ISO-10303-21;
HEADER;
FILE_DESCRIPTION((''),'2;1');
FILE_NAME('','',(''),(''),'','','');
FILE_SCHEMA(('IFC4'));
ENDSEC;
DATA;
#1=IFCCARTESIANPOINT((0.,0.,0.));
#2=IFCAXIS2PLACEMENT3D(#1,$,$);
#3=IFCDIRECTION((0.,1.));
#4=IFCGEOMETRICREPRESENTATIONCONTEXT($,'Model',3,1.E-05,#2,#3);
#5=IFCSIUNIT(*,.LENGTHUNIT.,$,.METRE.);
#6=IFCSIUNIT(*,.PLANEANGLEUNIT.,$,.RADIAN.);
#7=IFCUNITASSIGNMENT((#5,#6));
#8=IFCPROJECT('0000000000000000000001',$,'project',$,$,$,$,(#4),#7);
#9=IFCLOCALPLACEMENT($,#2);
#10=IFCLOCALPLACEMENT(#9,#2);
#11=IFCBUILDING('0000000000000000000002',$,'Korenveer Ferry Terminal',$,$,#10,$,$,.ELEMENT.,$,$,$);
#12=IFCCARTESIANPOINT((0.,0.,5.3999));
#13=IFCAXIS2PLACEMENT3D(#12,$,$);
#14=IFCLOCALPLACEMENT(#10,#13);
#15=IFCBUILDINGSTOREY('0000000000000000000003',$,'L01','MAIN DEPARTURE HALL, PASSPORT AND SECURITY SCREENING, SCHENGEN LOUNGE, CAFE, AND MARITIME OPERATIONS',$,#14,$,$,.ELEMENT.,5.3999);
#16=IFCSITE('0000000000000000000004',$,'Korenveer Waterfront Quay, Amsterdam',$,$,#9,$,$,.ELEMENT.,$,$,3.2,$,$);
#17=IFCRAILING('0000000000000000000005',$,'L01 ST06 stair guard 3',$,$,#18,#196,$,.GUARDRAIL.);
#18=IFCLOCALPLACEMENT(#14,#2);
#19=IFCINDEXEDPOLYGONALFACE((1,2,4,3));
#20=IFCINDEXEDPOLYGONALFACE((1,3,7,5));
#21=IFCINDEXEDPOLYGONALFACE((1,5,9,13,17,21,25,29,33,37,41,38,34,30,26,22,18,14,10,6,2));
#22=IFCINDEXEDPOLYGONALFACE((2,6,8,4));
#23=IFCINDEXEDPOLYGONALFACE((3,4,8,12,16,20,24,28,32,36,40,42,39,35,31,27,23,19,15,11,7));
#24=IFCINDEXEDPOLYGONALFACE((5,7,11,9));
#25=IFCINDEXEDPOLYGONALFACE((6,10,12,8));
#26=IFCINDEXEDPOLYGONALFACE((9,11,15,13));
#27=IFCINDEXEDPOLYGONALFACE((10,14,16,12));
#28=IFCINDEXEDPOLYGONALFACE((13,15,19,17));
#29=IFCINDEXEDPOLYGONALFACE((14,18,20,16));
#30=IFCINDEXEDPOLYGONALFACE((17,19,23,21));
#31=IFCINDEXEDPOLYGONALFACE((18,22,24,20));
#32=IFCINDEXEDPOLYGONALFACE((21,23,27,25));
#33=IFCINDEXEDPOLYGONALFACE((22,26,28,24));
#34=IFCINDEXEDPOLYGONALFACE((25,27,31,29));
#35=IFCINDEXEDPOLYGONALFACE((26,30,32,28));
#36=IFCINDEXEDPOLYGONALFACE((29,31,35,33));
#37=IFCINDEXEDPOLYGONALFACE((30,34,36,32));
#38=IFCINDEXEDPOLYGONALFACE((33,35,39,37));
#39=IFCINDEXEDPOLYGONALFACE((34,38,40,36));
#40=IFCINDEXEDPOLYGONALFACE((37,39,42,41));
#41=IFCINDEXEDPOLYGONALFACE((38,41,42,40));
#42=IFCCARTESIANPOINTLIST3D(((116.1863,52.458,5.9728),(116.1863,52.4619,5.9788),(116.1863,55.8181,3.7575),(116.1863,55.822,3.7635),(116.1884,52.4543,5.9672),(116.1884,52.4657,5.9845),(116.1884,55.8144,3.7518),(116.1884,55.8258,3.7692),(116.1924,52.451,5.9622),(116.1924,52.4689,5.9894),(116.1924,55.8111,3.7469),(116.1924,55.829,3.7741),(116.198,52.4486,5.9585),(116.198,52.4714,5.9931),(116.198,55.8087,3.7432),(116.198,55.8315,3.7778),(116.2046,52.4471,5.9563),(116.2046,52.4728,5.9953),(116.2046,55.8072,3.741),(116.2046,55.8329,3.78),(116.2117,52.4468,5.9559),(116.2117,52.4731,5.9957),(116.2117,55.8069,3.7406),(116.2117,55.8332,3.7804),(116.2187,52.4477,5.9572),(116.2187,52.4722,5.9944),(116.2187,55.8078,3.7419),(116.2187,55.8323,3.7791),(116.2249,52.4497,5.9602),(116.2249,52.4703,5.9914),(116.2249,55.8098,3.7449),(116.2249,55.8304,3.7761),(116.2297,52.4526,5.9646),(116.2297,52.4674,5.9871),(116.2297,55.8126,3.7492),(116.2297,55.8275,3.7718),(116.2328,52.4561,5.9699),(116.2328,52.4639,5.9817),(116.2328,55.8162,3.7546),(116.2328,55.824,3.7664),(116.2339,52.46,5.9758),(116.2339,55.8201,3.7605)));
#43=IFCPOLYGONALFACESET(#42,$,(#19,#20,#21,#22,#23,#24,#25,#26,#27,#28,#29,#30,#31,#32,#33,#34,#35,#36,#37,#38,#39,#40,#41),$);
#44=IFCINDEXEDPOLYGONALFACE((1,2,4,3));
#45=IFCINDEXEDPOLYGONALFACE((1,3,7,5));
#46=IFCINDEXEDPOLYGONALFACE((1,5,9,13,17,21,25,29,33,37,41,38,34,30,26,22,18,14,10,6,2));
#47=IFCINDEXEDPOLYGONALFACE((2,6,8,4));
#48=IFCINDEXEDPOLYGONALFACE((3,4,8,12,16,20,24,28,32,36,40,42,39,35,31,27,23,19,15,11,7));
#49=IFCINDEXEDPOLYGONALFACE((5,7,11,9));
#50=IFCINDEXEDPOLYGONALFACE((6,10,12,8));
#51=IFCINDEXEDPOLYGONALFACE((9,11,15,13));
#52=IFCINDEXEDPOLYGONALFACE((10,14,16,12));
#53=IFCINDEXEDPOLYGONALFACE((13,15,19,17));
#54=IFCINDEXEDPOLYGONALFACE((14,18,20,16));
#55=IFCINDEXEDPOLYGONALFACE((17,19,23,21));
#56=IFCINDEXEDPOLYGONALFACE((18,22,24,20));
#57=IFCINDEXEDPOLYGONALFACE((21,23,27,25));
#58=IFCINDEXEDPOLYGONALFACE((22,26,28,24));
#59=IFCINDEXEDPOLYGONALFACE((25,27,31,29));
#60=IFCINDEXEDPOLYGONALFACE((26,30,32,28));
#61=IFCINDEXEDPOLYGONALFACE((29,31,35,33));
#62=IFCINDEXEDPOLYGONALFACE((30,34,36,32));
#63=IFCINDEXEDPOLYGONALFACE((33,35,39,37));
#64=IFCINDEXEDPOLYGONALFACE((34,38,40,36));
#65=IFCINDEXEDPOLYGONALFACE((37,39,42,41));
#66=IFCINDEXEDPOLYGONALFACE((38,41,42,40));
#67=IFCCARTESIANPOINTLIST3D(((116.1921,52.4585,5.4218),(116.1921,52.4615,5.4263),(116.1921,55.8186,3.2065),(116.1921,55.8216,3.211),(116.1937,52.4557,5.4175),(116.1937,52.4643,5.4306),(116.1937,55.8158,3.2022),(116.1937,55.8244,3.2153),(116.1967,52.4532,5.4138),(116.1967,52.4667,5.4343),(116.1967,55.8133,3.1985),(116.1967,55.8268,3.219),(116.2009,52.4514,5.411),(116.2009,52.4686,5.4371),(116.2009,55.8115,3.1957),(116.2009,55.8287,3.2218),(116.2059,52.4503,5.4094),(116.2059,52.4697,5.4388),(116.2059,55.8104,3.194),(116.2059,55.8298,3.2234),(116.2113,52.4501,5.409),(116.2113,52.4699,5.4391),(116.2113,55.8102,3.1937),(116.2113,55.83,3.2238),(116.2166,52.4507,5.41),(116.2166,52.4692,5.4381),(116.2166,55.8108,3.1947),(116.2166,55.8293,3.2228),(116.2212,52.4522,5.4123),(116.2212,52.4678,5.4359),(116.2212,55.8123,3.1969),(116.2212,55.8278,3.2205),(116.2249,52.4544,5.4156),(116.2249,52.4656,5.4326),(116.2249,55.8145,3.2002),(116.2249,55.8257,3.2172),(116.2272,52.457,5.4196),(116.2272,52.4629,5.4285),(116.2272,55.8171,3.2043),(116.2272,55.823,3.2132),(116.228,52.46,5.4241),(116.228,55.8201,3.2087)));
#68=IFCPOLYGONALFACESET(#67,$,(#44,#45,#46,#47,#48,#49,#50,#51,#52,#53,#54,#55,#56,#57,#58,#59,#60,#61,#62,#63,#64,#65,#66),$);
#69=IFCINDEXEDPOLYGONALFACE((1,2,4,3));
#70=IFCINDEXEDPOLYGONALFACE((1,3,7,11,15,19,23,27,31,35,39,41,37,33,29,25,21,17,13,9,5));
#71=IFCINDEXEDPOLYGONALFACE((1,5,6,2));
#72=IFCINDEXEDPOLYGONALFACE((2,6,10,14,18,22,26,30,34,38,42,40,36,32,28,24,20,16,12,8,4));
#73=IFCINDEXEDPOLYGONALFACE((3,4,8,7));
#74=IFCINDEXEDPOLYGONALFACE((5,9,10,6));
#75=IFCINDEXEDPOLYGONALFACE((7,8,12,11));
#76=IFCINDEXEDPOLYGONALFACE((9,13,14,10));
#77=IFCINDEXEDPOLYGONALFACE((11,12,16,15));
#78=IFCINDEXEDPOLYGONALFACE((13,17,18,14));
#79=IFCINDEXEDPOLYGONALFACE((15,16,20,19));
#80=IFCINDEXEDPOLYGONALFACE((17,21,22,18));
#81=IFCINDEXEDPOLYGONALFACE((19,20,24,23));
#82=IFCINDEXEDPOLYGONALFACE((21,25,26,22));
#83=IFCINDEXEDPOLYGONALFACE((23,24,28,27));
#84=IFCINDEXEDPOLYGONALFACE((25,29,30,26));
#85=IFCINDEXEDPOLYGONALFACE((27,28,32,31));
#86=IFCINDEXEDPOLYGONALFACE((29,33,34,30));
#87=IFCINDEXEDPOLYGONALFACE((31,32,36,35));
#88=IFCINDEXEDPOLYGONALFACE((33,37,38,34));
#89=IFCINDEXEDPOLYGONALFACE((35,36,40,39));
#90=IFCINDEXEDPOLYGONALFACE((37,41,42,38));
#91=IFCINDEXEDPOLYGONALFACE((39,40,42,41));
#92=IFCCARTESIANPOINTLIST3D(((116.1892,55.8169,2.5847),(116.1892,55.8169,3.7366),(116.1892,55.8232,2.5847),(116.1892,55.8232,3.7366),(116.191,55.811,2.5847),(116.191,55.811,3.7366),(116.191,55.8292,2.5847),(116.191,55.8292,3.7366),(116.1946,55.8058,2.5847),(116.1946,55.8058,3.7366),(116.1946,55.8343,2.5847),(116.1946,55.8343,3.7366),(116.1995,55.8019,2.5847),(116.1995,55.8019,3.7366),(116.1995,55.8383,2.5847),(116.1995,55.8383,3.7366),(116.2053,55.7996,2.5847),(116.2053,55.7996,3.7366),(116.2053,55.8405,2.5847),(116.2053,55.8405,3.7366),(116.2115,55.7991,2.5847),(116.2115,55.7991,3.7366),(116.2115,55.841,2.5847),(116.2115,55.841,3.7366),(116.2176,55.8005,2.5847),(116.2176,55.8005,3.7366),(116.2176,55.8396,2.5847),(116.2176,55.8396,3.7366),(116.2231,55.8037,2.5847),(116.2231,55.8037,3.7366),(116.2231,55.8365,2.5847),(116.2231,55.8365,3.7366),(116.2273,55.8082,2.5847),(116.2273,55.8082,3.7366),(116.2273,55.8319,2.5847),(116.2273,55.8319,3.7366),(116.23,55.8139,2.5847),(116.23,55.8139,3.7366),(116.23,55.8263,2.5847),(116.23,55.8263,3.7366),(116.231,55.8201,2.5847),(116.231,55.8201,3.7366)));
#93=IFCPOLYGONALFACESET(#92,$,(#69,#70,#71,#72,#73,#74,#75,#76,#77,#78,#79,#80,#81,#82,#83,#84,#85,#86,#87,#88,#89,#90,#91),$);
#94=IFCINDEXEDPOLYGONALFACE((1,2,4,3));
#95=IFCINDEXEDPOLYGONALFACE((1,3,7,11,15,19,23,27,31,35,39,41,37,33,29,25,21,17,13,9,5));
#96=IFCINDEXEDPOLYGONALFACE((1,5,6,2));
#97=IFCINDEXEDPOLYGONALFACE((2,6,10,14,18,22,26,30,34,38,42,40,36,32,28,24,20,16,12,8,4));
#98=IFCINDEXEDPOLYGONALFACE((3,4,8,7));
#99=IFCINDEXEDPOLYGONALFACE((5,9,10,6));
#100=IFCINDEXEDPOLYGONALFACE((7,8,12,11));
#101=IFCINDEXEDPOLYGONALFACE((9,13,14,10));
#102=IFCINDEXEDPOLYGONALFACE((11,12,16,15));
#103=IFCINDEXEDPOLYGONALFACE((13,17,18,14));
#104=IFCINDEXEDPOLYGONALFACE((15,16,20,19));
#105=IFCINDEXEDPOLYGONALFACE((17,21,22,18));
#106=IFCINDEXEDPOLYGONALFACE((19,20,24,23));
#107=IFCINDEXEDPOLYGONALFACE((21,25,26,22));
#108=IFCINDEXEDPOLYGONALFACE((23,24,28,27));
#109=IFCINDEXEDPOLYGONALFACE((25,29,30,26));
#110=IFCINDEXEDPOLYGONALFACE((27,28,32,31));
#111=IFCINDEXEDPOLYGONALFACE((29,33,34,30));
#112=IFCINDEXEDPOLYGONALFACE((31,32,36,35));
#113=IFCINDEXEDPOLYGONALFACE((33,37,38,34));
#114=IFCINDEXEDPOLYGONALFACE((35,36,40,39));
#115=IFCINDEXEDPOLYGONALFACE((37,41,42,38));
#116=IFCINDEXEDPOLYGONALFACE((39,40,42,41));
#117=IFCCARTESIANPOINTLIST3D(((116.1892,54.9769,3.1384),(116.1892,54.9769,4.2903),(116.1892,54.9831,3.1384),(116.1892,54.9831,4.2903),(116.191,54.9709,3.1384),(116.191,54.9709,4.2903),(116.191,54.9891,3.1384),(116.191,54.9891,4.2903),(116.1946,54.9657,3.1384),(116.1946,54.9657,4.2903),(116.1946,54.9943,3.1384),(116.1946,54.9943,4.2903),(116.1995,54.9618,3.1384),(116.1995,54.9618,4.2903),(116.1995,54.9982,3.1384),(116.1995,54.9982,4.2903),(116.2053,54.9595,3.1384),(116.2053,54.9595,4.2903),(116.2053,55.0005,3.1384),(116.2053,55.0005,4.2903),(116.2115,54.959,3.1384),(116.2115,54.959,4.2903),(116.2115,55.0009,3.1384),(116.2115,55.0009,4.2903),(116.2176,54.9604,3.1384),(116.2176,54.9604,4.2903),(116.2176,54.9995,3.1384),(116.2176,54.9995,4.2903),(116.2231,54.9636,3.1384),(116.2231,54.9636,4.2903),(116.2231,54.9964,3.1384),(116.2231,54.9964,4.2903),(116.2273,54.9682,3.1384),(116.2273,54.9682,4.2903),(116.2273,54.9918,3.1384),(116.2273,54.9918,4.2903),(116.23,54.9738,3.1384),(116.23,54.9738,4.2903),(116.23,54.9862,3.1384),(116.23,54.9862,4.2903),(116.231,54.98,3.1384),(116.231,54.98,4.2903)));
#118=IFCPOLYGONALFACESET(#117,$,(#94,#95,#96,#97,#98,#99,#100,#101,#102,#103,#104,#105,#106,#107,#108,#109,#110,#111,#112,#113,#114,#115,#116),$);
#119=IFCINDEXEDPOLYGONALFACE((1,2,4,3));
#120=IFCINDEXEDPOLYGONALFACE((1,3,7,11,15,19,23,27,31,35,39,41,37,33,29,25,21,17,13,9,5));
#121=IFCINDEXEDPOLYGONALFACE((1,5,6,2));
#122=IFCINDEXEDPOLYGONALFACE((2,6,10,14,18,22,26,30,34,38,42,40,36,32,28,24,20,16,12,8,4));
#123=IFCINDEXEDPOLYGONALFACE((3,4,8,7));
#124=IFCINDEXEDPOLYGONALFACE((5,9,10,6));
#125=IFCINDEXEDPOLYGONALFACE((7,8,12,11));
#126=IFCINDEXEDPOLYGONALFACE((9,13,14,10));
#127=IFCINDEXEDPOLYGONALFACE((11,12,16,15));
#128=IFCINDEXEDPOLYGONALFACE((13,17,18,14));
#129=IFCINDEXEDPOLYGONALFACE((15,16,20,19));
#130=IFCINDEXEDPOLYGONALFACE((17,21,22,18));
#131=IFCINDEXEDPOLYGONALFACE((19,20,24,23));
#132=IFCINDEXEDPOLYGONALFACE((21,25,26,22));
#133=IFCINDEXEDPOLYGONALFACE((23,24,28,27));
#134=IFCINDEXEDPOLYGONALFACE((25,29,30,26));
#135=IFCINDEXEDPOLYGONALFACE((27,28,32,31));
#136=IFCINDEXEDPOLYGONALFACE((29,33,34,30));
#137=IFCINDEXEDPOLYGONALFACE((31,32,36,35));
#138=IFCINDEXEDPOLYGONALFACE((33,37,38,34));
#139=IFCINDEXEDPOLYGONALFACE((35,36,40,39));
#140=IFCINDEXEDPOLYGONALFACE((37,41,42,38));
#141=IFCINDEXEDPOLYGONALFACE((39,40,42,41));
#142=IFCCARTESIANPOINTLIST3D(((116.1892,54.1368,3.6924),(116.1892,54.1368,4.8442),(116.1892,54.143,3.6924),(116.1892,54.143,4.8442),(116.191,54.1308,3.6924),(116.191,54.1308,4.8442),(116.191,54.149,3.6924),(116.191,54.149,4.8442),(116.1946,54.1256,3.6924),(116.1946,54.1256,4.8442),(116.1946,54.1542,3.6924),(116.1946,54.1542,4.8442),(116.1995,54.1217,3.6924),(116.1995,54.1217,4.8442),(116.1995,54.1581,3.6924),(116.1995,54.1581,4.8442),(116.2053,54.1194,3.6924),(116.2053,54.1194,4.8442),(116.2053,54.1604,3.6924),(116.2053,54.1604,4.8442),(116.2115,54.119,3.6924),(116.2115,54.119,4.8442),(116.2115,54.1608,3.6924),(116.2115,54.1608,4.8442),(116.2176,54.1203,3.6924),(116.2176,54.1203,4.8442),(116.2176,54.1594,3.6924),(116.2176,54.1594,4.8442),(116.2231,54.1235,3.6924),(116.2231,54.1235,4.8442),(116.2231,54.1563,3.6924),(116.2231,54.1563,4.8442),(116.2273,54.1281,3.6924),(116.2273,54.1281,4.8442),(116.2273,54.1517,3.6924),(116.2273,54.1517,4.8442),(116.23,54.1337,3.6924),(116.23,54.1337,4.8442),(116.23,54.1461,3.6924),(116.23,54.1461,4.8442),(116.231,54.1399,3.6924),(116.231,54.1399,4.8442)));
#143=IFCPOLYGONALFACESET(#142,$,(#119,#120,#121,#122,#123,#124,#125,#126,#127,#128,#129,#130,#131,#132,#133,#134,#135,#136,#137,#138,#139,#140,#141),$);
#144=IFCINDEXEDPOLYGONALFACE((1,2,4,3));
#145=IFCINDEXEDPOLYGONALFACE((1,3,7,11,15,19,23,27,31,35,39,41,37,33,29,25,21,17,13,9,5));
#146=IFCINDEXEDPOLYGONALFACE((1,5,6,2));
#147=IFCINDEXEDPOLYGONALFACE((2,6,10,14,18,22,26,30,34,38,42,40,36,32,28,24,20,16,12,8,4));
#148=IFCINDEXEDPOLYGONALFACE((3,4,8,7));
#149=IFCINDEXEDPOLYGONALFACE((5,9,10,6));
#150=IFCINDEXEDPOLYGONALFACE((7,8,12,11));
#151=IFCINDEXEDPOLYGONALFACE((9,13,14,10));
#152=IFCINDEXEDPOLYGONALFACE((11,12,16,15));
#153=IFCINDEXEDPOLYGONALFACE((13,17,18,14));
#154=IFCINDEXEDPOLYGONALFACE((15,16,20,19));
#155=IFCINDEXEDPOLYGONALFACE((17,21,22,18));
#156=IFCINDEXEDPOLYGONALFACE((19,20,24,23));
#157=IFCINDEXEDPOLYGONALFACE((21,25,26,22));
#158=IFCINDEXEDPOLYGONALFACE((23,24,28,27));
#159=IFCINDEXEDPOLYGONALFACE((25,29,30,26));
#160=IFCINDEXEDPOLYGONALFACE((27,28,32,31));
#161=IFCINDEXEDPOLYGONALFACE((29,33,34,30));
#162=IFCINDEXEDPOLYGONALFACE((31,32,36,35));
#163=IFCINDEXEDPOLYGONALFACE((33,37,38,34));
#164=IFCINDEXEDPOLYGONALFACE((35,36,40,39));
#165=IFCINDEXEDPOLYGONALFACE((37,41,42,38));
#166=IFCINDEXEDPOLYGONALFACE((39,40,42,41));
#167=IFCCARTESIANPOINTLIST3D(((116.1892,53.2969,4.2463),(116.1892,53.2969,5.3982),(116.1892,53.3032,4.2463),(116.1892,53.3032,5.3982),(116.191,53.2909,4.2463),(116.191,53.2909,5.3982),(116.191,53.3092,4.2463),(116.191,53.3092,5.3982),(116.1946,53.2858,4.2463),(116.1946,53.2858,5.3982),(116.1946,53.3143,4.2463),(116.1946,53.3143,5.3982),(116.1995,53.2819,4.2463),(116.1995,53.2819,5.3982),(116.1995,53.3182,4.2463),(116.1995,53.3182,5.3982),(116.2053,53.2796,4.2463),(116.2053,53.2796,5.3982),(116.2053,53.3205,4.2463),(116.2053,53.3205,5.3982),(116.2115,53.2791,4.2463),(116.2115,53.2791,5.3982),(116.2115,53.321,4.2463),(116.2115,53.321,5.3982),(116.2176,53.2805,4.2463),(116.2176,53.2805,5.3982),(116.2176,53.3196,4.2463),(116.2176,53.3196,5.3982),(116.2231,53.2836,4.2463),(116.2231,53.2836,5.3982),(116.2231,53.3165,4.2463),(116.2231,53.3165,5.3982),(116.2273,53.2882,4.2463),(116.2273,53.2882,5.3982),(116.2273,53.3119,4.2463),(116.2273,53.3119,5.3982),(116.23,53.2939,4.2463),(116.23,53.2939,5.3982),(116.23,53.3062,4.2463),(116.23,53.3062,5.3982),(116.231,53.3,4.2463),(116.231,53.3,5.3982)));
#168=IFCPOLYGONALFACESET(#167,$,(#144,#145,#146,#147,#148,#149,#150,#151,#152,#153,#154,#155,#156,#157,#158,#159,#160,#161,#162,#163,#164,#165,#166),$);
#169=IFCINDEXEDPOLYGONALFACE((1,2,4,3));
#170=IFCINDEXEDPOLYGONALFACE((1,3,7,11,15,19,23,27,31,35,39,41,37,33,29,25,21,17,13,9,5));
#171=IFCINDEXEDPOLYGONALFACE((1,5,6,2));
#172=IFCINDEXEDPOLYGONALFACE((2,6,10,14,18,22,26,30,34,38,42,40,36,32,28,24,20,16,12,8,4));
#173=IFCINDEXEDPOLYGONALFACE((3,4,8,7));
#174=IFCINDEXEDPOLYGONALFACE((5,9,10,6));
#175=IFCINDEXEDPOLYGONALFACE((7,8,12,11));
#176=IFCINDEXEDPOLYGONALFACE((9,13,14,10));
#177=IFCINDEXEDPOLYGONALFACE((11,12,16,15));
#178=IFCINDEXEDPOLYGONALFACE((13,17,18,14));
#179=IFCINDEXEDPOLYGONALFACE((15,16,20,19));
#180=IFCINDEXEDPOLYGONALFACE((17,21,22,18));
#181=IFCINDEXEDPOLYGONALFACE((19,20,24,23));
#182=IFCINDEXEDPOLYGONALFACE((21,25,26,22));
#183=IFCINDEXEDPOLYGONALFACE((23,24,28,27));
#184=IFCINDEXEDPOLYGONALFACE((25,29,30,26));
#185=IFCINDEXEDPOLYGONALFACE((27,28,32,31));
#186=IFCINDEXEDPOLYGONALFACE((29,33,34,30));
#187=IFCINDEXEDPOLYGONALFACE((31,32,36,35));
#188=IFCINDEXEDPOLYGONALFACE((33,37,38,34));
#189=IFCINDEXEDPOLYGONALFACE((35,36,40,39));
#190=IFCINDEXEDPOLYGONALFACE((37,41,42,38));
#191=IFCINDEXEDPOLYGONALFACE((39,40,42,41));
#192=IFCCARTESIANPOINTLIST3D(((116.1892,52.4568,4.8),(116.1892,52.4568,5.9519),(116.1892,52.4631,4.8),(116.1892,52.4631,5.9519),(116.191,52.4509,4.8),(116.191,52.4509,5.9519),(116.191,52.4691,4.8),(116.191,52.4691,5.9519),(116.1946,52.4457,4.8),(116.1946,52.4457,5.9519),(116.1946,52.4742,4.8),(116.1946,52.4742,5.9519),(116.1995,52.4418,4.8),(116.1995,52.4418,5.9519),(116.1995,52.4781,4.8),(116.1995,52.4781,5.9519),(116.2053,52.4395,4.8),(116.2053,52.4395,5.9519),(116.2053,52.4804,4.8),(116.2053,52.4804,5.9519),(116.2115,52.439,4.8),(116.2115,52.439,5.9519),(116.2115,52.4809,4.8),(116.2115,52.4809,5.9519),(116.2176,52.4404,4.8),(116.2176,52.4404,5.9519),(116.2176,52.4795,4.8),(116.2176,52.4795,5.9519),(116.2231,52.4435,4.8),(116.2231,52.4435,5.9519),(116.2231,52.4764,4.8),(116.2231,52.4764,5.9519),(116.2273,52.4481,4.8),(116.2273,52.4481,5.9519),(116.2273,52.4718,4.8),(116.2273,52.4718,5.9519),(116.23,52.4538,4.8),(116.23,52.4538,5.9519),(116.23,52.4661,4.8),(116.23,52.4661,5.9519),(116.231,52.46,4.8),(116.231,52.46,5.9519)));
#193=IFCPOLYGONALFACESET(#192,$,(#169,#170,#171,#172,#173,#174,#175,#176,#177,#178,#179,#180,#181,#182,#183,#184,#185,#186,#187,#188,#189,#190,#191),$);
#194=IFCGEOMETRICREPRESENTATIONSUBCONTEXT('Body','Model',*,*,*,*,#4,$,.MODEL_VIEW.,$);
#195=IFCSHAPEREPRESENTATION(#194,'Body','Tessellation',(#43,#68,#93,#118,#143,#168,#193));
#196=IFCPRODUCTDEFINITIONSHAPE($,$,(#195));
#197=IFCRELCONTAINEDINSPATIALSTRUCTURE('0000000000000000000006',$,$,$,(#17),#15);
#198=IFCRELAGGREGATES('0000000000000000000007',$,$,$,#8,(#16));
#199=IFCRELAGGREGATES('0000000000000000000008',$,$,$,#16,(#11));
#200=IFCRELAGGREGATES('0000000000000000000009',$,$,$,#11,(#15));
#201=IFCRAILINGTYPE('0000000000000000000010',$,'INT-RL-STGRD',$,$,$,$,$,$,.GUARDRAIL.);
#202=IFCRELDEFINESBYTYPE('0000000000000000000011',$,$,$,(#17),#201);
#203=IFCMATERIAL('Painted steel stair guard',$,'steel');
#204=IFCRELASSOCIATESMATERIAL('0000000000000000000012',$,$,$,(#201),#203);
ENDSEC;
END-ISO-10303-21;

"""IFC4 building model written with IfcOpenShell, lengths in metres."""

from ifc_helpers import new_model, si_unit, direction, frame, origin, origin_2d, place, context, subcontext, project, spatial, circle, extrude, material, type_object, element, save


model = new_model("IFC4")

# Units and contexts
model_context = context("Model", 3, precision=1e-05, world=origin(), true_north=direction((0.0, 1.0)))
body_context = subcontext(model_context, "Body", "Model", "MODEL_VIEW")
ifc_project = project(units=[si_unit("LENGTHUNIT", "METRE"), si_unit("PLANEANGLEUNIT", "RADIAN")], contexts=[model_context])

# Site, building, storey
site_placement = place(None, origin())
site = spatial("IfcSite", under=ifc_project, at=site_placement, Name="Korenveer Waterfront Quay, Amsterdam", CompositionType="ELEMENT", RefElevation=3.2)
building_placement = place(site_placement, origin())
building = spatial("IfcBuilding", under=site, at=building_placement, Name="Korenveer Ferry Terminal", CompositionType="ELEMENT")
storey_placement = place(building_placement, frame((0.0, 0.0, 5.3999)))
storey = spatial("IfcBuildingStorey", under=building, at=storey_placement, Name="L01", Description="MAIN DEPARTURE HALL, PASSPORT AND SECURITY SCREENING, SCHENGEN LOUNGE, CAFE, AND MARITIME OPERATIONS", CompositionType="ELEMENT", Elevation=5.3999)

# Railing
ifc_material_1 = material(Name="Painted steel stair guard", Category="steel")
railing_type_1 = type_object("IfcRailingType", Name="INT-RL-STGRD", PredefinedType="GUARDRAIL", material=ifc_material_1)
railing_1_placement = place(storey_placement, frame((116.21, 55.8201, 2.5847)))
element("IfcRailing", 1, at=railing_1_placement, inside=storey, type_object=railing_type_1, Name="L01 ST06 stair guard 3", PredefinedType="GUARDRAIL", context=body_context, shape_type="SweptSolid", body=[
    extrude(circle(Radius=0.0239, at=origin_2d()), frame((0.0, 0.0, 1.1758), z_axis=(0.0, -0.834876, 0.550437), x_axis=(1.0, 0.0, 0.0)), (0.0, 0.0, 1.0), 4.0247),
    extrude(circle(Radius=0.0181, at=origin_2d()), frame((0.0, 0.0, 0.624), z_axis=(0.0, -0.834876, 0.550437), x_axis=(1.0, 0.0, 0.0)), (0.0, 0.0, 1.0), 4.0247),
    extrude(circle(Radius=0.021, at=origin_2d()), origin(), (0.0, 0.0, 1.0), 1.1519),
    extrude(circle(Radius=0.021, at=origin_2d()), frame((0.0, -0.8401, 0.5537)), (0.0, 0.0, 1.0), 1.1519),
    extrude(circle(Radius=0.021, at=origin_2d()), frame((0.0, -1.6802, 1.1077)), (0.0, 0.0, 1.0), 1.1519),
    extrude(circle(Radius=0.021, at=origin_2d()), frame((0.0, -2.52, 1.6616)), (0.0, 0.0, 1.0), 1.1519),
    extrude(circle(Radius=0.021, at=origin_2d()), frame((0.0, -3.3601, 2.2153)), (0.0, 0.0, 1.0), 1.1519),
])

save(model, "model.ifc")
